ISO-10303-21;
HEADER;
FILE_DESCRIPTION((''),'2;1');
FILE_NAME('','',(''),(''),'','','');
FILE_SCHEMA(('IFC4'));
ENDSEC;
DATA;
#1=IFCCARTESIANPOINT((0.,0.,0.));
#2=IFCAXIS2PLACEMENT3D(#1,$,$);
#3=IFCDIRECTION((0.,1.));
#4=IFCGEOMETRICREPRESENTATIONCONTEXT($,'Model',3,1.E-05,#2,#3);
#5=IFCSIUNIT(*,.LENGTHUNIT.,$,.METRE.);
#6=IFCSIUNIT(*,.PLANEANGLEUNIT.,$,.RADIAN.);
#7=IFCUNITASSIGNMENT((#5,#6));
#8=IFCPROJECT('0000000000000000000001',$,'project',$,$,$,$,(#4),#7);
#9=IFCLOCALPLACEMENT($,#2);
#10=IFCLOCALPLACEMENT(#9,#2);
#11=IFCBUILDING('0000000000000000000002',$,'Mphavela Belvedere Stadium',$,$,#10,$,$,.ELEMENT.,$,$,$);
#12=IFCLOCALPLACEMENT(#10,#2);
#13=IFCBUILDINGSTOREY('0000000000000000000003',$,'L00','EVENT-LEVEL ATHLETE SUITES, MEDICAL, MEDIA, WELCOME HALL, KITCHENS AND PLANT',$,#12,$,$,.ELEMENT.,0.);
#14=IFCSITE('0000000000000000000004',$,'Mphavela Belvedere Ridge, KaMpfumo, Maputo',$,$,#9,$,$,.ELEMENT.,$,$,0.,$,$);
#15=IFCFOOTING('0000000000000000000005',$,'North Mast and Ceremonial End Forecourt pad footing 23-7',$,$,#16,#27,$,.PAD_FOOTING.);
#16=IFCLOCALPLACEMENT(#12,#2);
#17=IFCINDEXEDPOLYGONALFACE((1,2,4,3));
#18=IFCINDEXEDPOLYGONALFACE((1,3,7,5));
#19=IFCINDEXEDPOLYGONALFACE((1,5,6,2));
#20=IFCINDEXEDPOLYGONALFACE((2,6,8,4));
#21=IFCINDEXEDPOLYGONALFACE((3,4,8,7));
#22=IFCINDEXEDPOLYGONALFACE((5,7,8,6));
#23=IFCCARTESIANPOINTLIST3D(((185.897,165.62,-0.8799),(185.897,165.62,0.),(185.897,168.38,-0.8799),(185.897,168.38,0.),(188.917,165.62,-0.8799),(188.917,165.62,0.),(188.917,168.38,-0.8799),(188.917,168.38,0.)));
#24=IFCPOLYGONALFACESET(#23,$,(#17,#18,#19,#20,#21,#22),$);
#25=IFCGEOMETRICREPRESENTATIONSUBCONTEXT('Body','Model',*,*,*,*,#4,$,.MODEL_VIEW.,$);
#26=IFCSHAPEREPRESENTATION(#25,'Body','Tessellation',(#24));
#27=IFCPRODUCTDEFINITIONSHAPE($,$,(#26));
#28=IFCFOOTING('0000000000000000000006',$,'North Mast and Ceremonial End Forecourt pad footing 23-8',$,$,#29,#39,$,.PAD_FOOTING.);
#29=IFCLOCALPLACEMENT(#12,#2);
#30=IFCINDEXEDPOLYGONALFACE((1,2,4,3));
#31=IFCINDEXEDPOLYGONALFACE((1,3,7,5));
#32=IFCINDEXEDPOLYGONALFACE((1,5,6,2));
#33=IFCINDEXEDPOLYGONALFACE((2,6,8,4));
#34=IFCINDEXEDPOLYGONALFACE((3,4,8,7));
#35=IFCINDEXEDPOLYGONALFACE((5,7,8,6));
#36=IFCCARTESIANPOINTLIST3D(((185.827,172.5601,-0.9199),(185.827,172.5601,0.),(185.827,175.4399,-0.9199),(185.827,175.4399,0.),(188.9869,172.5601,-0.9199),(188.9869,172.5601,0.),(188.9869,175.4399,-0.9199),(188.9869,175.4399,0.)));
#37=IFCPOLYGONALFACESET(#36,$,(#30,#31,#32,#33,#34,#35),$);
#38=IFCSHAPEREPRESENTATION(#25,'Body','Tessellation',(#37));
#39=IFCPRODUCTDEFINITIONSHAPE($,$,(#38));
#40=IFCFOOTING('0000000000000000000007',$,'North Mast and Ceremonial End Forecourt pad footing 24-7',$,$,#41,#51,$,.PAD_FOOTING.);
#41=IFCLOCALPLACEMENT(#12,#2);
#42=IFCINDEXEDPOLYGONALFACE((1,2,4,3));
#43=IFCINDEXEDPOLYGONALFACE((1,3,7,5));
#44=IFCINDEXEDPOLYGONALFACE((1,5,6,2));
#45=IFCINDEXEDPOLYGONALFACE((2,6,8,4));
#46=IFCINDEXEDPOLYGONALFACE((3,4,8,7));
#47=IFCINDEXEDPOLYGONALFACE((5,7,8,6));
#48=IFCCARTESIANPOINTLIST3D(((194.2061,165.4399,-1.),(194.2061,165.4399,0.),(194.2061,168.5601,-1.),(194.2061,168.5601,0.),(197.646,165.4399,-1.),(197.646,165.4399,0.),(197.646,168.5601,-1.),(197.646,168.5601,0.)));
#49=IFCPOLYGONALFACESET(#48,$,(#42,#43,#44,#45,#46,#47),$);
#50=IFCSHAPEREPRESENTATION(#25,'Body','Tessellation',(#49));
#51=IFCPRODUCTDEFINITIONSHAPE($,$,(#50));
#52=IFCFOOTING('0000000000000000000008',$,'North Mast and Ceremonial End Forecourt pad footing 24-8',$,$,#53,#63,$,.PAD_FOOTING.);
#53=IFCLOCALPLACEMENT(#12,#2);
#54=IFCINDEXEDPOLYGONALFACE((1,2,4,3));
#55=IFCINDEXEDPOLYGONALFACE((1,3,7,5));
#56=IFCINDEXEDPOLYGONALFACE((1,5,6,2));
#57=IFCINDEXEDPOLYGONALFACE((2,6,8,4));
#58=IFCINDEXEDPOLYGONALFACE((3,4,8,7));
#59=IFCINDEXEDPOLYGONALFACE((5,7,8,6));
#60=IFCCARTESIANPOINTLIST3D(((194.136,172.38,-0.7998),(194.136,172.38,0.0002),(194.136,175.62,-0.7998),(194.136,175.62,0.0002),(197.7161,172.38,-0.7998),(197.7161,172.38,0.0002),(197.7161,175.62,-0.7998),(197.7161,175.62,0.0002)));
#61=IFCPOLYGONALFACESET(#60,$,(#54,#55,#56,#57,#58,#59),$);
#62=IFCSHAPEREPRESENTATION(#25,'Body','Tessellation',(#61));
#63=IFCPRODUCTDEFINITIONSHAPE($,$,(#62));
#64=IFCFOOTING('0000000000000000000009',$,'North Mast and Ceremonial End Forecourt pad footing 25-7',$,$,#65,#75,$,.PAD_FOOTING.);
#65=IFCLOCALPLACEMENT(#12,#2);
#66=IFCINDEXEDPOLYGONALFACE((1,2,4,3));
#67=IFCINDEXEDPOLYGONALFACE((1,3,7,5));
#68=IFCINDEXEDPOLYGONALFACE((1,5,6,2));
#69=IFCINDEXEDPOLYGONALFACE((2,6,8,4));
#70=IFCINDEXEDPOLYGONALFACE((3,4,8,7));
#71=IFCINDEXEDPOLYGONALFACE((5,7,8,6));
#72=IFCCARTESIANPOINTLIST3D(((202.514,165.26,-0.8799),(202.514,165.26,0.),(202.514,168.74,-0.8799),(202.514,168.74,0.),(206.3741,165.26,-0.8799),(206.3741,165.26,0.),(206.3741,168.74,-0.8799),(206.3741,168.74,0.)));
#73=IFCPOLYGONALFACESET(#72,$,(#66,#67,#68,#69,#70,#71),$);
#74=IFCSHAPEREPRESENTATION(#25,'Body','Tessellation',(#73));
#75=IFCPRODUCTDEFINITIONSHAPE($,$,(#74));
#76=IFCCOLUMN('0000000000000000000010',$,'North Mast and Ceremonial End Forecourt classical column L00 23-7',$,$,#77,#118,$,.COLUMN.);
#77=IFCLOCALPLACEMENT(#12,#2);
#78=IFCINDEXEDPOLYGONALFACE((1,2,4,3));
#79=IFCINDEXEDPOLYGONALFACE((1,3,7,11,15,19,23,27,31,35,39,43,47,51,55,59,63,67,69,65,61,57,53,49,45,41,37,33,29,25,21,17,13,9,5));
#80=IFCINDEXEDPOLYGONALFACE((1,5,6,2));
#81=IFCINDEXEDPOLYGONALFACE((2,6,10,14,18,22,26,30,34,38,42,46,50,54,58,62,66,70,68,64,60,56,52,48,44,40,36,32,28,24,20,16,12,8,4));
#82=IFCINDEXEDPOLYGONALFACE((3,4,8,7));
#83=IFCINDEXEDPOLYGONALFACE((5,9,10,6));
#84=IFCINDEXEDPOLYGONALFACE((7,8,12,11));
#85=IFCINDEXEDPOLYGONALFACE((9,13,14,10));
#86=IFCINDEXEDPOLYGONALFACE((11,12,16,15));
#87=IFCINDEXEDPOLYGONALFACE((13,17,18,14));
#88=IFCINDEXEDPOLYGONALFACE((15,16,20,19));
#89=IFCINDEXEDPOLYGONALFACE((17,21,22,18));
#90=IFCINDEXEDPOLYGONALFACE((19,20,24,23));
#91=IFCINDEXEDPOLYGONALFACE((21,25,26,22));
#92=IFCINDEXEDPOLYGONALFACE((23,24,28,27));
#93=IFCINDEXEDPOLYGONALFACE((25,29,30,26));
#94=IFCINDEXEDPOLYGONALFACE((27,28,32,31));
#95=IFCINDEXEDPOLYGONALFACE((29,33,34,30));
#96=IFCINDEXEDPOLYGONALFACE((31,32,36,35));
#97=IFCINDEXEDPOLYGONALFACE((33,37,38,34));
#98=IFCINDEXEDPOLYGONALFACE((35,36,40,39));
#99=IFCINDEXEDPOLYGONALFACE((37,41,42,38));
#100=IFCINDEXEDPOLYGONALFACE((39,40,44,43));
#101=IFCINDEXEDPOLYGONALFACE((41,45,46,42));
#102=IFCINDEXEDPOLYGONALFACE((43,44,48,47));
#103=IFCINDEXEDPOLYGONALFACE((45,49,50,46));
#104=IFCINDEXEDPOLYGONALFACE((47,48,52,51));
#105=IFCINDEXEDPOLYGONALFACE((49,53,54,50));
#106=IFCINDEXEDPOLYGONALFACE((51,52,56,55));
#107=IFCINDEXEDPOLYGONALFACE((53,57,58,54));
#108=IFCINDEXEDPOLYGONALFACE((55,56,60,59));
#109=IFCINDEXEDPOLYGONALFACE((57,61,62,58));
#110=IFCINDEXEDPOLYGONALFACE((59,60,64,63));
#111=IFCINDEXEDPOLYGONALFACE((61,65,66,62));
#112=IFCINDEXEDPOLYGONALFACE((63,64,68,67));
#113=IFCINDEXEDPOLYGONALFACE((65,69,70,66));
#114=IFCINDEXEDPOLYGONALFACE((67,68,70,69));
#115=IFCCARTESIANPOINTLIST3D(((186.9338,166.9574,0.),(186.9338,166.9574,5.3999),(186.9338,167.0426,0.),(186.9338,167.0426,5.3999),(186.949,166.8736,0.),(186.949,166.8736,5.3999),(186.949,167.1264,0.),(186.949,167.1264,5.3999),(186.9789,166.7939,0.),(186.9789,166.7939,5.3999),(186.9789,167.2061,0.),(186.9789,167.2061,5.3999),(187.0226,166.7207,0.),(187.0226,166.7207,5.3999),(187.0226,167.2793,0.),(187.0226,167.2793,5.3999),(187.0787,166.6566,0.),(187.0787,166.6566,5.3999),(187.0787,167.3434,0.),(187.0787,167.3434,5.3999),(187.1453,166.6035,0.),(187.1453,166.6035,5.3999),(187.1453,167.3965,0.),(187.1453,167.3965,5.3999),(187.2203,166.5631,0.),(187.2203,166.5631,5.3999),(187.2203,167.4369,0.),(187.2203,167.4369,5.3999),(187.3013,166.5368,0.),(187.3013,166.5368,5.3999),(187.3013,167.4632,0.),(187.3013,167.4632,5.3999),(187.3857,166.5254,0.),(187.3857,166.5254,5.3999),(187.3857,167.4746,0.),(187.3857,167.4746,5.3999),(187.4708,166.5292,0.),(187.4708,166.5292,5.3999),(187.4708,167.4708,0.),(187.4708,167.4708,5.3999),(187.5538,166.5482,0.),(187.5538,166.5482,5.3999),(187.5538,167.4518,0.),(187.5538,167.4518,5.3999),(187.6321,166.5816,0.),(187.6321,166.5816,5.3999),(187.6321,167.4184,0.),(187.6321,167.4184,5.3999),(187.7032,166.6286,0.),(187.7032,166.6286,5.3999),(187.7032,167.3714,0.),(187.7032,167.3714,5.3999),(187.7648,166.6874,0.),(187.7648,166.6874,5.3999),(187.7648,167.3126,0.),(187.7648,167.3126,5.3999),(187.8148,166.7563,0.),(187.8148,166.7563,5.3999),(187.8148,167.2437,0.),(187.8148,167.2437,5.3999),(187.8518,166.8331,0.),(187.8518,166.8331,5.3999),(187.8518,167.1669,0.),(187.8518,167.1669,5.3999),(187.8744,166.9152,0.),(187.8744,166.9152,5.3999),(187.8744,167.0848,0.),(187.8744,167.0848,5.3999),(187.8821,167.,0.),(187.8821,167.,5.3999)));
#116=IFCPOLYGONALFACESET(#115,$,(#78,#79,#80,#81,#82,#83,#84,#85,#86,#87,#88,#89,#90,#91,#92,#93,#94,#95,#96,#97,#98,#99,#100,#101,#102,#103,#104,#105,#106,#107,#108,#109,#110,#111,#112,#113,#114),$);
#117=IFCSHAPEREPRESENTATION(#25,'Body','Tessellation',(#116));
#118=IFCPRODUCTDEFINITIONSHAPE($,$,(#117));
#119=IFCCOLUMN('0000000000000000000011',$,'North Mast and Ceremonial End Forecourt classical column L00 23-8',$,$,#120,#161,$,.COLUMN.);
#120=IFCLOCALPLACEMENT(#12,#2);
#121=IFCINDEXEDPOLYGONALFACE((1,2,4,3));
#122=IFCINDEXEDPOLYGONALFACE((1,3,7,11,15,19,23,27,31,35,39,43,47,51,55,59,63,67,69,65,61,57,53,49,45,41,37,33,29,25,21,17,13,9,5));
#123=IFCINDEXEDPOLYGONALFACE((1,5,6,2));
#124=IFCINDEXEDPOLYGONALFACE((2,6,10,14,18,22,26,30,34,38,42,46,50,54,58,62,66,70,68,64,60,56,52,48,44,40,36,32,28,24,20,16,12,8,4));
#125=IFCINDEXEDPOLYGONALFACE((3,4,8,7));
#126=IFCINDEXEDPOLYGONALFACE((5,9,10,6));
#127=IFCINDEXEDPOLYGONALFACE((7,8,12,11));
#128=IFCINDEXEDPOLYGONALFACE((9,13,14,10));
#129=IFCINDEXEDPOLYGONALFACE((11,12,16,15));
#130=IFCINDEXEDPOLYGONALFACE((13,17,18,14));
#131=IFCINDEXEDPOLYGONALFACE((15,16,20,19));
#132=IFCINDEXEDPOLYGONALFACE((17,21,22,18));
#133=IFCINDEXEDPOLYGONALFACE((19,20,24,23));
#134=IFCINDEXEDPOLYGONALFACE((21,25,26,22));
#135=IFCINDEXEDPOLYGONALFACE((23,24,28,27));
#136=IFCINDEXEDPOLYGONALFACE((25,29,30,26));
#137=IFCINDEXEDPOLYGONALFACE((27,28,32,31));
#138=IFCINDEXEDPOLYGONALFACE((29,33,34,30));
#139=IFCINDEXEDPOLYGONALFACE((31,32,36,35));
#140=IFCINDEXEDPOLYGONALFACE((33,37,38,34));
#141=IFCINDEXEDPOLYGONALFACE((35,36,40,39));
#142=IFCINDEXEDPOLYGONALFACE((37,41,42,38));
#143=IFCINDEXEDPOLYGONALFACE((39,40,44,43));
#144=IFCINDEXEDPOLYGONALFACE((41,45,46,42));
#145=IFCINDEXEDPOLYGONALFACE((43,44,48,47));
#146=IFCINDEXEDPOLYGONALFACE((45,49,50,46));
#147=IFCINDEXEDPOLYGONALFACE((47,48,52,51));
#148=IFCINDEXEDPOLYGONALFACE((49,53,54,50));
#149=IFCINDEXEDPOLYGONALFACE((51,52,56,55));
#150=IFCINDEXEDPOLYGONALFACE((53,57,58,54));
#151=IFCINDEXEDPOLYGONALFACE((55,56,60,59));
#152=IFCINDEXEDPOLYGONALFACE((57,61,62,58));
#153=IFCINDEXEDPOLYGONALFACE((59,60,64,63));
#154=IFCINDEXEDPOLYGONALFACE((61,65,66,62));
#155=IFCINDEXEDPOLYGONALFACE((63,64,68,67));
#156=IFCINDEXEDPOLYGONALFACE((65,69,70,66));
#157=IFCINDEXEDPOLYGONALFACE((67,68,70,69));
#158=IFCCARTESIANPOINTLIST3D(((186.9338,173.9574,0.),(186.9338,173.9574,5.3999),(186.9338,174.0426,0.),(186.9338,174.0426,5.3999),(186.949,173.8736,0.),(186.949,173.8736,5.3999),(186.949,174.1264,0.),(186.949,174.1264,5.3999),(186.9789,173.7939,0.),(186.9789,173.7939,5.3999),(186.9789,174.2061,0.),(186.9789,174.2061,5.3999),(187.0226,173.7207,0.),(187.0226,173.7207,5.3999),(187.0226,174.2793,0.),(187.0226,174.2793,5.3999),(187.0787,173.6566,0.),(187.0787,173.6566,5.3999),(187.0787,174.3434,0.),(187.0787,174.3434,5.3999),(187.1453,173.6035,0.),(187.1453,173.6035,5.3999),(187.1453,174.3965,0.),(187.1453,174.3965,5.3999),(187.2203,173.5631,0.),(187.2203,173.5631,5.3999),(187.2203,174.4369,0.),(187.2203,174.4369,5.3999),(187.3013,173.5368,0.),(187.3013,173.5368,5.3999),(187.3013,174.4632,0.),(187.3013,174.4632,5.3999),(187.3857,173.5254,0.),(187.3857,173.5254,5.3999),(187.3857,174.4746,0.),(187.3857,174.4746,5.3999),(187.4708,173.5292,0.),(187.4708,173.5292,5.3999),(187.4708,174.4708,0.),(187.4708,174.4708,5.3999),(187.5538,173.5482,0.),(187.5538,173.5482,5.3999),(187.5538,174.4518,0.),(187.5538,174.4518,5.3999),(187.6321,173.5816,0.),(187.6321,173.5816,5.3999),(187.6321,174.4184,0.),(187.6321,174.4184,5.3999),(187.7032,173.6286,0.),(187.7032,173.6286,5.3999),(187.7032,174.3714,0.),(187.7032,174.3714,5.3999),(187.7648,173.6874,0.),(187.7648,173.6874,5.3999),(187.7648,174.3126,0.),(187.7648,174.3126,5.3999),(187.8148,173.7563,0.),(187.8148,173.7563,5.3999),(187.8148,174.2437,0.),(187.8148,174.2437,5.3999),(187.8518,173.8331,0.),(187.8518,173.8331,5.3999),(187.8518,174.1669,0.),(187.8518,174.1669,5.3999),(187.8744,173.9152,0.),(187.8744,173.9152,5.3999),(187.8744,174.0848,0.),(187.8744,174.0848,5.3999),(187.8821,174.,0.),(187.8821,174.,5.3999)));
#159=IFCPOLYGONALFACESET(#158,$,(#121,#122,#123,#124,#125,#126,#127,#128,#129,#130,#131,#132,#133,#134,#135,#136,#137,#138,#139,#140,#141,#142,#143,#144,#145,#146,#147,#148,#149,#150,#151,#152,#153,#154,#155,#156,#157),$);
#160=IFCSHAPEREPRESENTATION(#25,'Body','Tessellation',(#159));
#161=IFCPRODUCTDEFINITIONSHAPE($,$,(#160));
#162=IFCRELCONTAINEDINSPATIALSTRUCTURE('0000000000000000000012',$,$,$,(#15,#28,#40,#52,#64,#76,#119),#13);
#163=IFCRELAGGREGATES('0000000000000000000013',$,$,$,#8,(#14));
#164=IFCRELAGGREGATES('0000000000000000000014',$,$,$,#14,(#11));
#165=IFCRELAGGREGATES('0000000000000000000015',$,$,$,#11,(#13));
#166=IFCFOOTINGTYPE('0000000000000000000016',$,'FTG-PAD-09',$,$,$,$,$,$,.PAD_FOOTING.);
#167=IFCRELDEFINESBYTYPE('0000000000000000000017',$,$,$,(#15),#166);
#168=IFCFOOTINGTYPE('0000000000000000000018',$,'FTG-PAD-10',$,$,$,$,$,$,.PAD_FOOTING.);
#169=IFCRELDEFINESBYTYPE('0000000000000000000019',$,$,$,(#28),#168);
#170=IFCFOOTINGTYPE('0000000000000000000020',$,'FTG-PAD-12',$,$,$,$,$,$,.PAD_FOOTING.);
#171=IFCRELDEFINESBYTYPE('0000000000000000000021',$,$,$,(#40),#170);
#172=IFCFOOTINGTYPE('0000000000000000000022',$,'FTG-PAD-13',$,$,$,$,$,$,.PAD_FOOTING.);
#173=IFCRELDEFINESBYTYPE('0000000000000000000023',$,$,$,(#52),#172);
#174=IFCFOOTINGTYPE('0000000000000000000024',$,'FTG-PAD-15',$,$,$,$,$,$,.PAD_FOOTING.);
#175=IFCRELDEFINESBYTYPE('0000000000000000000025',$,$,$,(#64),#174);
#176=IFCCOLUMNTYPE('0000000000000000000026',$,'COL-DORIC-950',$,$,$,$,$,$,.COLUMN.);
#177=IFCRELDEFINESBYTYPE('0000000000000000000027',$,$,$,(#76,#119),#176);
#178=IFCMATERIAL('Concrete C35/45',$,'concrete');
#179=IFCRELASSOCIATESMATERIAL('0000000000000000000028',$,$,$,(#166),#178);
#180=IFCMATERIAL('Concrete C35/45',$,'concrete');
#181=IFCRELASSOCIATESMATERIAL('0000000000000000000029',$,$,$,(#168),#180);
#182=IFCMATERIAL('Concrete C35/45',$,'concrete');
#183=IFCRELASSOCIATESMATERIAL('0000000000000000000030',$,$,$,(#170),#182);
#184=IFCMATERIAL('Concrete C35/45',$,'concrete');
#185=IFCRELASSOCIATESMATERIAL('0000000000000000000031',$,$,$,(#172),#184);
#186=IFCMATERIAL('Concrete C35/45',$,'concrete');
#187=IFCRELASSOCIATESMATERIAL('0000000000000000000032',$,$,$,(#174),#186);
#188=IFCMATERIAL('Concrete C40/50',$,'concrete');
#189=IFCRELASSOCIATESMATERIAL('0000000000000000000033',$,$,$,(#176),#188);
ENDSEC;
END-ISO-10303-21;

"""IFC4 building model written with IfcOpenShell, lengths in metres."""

from ifc_helpers import new_model, si_unit, direction, frame, origin, origin_2d, place, context, subcontext, project, spatial, rectangle, circle, extrude, material, material_profile, profile_set, type_object, element, save


model = new_model("IFC4")

# Units and contexts
model_context = context("Model", 3, precision=1e-05, world=origin(), true_north=direction((0.0, 1.0)))
body_context = subcontext(model_context, "Body", "Model", "MODEL_VIEW")
ifc_project = project(units=[si_unit("LENGTHUNIT", "METRE"), si_unit("PLANEANGLEUNIT", "RADIAN")], contexts=[model_context])

# Site, building, storey
site_placement = place(None, origin())
site = spatial("IfcSite", under=ifc_project, at=site_placement, Name="Mphavela Belvedere Ridge, KaMpfumo, Maputo", CompositionType="ELEMENT", RefElevation=0.0)
building_placement = place(site_placement, origin())
building = spatial("IfcBuilding", under=site, at=building_placement, Name="Mphavela Belvedere Stadium", CompositionType="ELEMENT")
storey_placement = place(building_placement, origin())
storey = spatial("IfcBuildingStorey", under=building, at=storey_placement, Name="L00", Description="EVENT-LEVEL ATHLETE SUITES, MEDICAL, MEDIA, WELCOME HALL, KITCHENS AND PLANT", CompositionType="ELEMENT", Elevation=0.0)

# Footings
ifc_material_1 = material(Name="Concrete C35/45", Category="concrete")
footing_type_1 = type_object("IfcFootingType", Name="FTG-PAD-09", PredefinedType="PAD_FOOTING", material=ifc_material_1)
footing_1_placement = place(storey_placement, frame((187.407, 167.0, -0.8799), z_axis=(0.0, 0.0, 1.0), x_axis=(1.0, 0.0, 0.0)))
element("IfcFooting", 1, at=footing_1_placement, inside=storey, type_object=footing_type_1, Name="North Mast and Ceremonial End Forecourt pad footing 23-7", PredefinedType="PAD_FOOTING", context=body_context, shape_type="SweptSolid", body=[
    extrude(rectangle(XDim=3.02, YDim=2.76, at=origin_2d()), origin(), (0.0, 0.0, 1.0), 0.8799),
])
ifc_material_2 = material(Name="Concrete C35/45", Category="concrete")
footing_type_2 = type_object("IfcFootingType", Name="FTG-PAD-10", PredefinedType="PAD_FOOTING", material=ifc_material_2)
footing_2_placement = place(storey_placement, frame((187.407, 174.0, -0.9199), z_axis=(0.0, 0.0, 1.0), x_axis=(1.0, 0.0, 0.0)))
element("IfcFooting", 2, at=footing_2_placement, inside=storey, type_object=footing_type_2, Name="North Mast and Ceremonial End Forecourt pad footing 23-8", PredefinedType="PAD_FOOTING", context=body_context, shape_type="SweptSolid", body=[
    extrude(rectangle(XDim=3.1599, YDim=2.8799, at=origin_2d()), origin(), (0.0, 0.0, 1.0), 0.9199),
])
ifc_material_3 = material(Name="Concrete C35/45", Category="concrete")
footing_type_3 = type_object("IfcFootingType", Name="FTG-PAD-12", PredefinedType="PAD_FOOTING", material=ifc_material_3)
footing_3_placement = place(storey_placement, frame((195.926, 167.0, -1.0), z_axis=(0.0, 0.0, 1.0), x_axis=(1.0, 0.0, 0.0)))
element("IfcFooting", 3, at=footing_3_placement, inside=storey, type_object=footing_type_3, Name="North Mast and Ceremonial End Forecourt pad footing 24-7", PredefinedType="PAD_FOOTING", context=body_context, shape_type="SweptSolid", body=[
    extrude(rectangle(XDim=3.4399, YDim=3.1201, at=origin_2d()), origin(), (0.0, 0.0, 1.0), 1.0),
])
ifc_material_4 = material(Name="Concrete C35/45", Category="concrete")
footing_type_4 = type_object("IfcFootingType", Name="FTG-PAD-13", PredefinedType="PAD_FOOTING", material=ifc_material_4)
footing_4_placement = place(storey_placement, frame((195.926, 174.0, -0.7998), z_axis=(0.0, 0.0, 1.0), x_axis=(1.0, 0.0, 0.0)))
element("IfcFooting", 4, at=footing_4_placement, inside=storey, type_object=footing_type_4, Name="North Mast and Ceremonial End Forecourt pad footing 24-8", PredefinedType="PAD_FOOTING", context=body_context, shape_type="SweptSolid", body=[
    extrude(rectangle(XDim=3.5801, YDim=3.24, at=origin_2d()), origin(), (0.0, 0.0, 1.0), 0.8),
])
ifc_material_5 = material(Name="Concrete C35/45", Category="concrete")
footing_type_5 = type_object("IfcFootingType", Name="FTG-PAD-15", PredefinedType="PAD_FOOTING", material=ifc_material_5)
footing_5_placement = place(storey_placement, frame((204.4441, 167.0, -0.8799), z_axis=(0.0, 0.0, 1.0), x_axis=(1.0, 0.0, 0.0)))
element("IfcFooting", 5, at=footing_5_placement, inside=storey, type_object=footing_type_5, Name="North Mast and Ceremonial End Forecourt pad footing 25-7", PredefinedType="PAD_FOOTING", context=body_context, shape_type="SweptSolid", body=[
    extrude(rectangle(XDim=3.8601, YDim=3.48, at=origin_2d()), origin(), (0.0, 0.0, 1.0), 0.8799),
])

# Columns
ifc_material_6 = material(Name="Concrete C40/50", Category="concrete")
ifc_material_profile_1 = material_profile(ifc_material_6, circle(Radius=0.4751, at=origin_2d()), Name="COL D950")
ifc_profile_set_1 = profile_set([ifc_material_profile_1], Name="Concrete C40/50")
column_type = type_object("IfcColumnType", Name="COL-DORIC-950", PredefinedType="COLUMN", material=ifc_profile_set_1)
for number, where, z_axis, x_axis, name in (
    (6, (187.407, 167.0, 0.0), (0.0, 0.0, 1.0), (1.0, 0.0, 0.0), "North Mast and Ceremonial End Forecourt classical column L00 23-7"),
    (7, (187.407, 174.0, 0.0), (0.0, 0.0, 1.0), (1.0, 0.0, 0.0), "North Mast and Ceremonial End Forecourt classical column L00 23-8"),
):
    element("IfcColumn", number, at=place(storey_placement, frame(where, z_axis=z_axis, x_axis=x_axis)), inside=storey, type_object=column_type, Name=name, PredefinedType="COLUMN", context=body_context, shape_type="SweptSolid", body=[
        extrude(circle(Radius=0.4751, at=origin_2d()), origin(), (0.0, 0.0, 1.0), 5.3999),
    ])

save(model, "model.ifc")
